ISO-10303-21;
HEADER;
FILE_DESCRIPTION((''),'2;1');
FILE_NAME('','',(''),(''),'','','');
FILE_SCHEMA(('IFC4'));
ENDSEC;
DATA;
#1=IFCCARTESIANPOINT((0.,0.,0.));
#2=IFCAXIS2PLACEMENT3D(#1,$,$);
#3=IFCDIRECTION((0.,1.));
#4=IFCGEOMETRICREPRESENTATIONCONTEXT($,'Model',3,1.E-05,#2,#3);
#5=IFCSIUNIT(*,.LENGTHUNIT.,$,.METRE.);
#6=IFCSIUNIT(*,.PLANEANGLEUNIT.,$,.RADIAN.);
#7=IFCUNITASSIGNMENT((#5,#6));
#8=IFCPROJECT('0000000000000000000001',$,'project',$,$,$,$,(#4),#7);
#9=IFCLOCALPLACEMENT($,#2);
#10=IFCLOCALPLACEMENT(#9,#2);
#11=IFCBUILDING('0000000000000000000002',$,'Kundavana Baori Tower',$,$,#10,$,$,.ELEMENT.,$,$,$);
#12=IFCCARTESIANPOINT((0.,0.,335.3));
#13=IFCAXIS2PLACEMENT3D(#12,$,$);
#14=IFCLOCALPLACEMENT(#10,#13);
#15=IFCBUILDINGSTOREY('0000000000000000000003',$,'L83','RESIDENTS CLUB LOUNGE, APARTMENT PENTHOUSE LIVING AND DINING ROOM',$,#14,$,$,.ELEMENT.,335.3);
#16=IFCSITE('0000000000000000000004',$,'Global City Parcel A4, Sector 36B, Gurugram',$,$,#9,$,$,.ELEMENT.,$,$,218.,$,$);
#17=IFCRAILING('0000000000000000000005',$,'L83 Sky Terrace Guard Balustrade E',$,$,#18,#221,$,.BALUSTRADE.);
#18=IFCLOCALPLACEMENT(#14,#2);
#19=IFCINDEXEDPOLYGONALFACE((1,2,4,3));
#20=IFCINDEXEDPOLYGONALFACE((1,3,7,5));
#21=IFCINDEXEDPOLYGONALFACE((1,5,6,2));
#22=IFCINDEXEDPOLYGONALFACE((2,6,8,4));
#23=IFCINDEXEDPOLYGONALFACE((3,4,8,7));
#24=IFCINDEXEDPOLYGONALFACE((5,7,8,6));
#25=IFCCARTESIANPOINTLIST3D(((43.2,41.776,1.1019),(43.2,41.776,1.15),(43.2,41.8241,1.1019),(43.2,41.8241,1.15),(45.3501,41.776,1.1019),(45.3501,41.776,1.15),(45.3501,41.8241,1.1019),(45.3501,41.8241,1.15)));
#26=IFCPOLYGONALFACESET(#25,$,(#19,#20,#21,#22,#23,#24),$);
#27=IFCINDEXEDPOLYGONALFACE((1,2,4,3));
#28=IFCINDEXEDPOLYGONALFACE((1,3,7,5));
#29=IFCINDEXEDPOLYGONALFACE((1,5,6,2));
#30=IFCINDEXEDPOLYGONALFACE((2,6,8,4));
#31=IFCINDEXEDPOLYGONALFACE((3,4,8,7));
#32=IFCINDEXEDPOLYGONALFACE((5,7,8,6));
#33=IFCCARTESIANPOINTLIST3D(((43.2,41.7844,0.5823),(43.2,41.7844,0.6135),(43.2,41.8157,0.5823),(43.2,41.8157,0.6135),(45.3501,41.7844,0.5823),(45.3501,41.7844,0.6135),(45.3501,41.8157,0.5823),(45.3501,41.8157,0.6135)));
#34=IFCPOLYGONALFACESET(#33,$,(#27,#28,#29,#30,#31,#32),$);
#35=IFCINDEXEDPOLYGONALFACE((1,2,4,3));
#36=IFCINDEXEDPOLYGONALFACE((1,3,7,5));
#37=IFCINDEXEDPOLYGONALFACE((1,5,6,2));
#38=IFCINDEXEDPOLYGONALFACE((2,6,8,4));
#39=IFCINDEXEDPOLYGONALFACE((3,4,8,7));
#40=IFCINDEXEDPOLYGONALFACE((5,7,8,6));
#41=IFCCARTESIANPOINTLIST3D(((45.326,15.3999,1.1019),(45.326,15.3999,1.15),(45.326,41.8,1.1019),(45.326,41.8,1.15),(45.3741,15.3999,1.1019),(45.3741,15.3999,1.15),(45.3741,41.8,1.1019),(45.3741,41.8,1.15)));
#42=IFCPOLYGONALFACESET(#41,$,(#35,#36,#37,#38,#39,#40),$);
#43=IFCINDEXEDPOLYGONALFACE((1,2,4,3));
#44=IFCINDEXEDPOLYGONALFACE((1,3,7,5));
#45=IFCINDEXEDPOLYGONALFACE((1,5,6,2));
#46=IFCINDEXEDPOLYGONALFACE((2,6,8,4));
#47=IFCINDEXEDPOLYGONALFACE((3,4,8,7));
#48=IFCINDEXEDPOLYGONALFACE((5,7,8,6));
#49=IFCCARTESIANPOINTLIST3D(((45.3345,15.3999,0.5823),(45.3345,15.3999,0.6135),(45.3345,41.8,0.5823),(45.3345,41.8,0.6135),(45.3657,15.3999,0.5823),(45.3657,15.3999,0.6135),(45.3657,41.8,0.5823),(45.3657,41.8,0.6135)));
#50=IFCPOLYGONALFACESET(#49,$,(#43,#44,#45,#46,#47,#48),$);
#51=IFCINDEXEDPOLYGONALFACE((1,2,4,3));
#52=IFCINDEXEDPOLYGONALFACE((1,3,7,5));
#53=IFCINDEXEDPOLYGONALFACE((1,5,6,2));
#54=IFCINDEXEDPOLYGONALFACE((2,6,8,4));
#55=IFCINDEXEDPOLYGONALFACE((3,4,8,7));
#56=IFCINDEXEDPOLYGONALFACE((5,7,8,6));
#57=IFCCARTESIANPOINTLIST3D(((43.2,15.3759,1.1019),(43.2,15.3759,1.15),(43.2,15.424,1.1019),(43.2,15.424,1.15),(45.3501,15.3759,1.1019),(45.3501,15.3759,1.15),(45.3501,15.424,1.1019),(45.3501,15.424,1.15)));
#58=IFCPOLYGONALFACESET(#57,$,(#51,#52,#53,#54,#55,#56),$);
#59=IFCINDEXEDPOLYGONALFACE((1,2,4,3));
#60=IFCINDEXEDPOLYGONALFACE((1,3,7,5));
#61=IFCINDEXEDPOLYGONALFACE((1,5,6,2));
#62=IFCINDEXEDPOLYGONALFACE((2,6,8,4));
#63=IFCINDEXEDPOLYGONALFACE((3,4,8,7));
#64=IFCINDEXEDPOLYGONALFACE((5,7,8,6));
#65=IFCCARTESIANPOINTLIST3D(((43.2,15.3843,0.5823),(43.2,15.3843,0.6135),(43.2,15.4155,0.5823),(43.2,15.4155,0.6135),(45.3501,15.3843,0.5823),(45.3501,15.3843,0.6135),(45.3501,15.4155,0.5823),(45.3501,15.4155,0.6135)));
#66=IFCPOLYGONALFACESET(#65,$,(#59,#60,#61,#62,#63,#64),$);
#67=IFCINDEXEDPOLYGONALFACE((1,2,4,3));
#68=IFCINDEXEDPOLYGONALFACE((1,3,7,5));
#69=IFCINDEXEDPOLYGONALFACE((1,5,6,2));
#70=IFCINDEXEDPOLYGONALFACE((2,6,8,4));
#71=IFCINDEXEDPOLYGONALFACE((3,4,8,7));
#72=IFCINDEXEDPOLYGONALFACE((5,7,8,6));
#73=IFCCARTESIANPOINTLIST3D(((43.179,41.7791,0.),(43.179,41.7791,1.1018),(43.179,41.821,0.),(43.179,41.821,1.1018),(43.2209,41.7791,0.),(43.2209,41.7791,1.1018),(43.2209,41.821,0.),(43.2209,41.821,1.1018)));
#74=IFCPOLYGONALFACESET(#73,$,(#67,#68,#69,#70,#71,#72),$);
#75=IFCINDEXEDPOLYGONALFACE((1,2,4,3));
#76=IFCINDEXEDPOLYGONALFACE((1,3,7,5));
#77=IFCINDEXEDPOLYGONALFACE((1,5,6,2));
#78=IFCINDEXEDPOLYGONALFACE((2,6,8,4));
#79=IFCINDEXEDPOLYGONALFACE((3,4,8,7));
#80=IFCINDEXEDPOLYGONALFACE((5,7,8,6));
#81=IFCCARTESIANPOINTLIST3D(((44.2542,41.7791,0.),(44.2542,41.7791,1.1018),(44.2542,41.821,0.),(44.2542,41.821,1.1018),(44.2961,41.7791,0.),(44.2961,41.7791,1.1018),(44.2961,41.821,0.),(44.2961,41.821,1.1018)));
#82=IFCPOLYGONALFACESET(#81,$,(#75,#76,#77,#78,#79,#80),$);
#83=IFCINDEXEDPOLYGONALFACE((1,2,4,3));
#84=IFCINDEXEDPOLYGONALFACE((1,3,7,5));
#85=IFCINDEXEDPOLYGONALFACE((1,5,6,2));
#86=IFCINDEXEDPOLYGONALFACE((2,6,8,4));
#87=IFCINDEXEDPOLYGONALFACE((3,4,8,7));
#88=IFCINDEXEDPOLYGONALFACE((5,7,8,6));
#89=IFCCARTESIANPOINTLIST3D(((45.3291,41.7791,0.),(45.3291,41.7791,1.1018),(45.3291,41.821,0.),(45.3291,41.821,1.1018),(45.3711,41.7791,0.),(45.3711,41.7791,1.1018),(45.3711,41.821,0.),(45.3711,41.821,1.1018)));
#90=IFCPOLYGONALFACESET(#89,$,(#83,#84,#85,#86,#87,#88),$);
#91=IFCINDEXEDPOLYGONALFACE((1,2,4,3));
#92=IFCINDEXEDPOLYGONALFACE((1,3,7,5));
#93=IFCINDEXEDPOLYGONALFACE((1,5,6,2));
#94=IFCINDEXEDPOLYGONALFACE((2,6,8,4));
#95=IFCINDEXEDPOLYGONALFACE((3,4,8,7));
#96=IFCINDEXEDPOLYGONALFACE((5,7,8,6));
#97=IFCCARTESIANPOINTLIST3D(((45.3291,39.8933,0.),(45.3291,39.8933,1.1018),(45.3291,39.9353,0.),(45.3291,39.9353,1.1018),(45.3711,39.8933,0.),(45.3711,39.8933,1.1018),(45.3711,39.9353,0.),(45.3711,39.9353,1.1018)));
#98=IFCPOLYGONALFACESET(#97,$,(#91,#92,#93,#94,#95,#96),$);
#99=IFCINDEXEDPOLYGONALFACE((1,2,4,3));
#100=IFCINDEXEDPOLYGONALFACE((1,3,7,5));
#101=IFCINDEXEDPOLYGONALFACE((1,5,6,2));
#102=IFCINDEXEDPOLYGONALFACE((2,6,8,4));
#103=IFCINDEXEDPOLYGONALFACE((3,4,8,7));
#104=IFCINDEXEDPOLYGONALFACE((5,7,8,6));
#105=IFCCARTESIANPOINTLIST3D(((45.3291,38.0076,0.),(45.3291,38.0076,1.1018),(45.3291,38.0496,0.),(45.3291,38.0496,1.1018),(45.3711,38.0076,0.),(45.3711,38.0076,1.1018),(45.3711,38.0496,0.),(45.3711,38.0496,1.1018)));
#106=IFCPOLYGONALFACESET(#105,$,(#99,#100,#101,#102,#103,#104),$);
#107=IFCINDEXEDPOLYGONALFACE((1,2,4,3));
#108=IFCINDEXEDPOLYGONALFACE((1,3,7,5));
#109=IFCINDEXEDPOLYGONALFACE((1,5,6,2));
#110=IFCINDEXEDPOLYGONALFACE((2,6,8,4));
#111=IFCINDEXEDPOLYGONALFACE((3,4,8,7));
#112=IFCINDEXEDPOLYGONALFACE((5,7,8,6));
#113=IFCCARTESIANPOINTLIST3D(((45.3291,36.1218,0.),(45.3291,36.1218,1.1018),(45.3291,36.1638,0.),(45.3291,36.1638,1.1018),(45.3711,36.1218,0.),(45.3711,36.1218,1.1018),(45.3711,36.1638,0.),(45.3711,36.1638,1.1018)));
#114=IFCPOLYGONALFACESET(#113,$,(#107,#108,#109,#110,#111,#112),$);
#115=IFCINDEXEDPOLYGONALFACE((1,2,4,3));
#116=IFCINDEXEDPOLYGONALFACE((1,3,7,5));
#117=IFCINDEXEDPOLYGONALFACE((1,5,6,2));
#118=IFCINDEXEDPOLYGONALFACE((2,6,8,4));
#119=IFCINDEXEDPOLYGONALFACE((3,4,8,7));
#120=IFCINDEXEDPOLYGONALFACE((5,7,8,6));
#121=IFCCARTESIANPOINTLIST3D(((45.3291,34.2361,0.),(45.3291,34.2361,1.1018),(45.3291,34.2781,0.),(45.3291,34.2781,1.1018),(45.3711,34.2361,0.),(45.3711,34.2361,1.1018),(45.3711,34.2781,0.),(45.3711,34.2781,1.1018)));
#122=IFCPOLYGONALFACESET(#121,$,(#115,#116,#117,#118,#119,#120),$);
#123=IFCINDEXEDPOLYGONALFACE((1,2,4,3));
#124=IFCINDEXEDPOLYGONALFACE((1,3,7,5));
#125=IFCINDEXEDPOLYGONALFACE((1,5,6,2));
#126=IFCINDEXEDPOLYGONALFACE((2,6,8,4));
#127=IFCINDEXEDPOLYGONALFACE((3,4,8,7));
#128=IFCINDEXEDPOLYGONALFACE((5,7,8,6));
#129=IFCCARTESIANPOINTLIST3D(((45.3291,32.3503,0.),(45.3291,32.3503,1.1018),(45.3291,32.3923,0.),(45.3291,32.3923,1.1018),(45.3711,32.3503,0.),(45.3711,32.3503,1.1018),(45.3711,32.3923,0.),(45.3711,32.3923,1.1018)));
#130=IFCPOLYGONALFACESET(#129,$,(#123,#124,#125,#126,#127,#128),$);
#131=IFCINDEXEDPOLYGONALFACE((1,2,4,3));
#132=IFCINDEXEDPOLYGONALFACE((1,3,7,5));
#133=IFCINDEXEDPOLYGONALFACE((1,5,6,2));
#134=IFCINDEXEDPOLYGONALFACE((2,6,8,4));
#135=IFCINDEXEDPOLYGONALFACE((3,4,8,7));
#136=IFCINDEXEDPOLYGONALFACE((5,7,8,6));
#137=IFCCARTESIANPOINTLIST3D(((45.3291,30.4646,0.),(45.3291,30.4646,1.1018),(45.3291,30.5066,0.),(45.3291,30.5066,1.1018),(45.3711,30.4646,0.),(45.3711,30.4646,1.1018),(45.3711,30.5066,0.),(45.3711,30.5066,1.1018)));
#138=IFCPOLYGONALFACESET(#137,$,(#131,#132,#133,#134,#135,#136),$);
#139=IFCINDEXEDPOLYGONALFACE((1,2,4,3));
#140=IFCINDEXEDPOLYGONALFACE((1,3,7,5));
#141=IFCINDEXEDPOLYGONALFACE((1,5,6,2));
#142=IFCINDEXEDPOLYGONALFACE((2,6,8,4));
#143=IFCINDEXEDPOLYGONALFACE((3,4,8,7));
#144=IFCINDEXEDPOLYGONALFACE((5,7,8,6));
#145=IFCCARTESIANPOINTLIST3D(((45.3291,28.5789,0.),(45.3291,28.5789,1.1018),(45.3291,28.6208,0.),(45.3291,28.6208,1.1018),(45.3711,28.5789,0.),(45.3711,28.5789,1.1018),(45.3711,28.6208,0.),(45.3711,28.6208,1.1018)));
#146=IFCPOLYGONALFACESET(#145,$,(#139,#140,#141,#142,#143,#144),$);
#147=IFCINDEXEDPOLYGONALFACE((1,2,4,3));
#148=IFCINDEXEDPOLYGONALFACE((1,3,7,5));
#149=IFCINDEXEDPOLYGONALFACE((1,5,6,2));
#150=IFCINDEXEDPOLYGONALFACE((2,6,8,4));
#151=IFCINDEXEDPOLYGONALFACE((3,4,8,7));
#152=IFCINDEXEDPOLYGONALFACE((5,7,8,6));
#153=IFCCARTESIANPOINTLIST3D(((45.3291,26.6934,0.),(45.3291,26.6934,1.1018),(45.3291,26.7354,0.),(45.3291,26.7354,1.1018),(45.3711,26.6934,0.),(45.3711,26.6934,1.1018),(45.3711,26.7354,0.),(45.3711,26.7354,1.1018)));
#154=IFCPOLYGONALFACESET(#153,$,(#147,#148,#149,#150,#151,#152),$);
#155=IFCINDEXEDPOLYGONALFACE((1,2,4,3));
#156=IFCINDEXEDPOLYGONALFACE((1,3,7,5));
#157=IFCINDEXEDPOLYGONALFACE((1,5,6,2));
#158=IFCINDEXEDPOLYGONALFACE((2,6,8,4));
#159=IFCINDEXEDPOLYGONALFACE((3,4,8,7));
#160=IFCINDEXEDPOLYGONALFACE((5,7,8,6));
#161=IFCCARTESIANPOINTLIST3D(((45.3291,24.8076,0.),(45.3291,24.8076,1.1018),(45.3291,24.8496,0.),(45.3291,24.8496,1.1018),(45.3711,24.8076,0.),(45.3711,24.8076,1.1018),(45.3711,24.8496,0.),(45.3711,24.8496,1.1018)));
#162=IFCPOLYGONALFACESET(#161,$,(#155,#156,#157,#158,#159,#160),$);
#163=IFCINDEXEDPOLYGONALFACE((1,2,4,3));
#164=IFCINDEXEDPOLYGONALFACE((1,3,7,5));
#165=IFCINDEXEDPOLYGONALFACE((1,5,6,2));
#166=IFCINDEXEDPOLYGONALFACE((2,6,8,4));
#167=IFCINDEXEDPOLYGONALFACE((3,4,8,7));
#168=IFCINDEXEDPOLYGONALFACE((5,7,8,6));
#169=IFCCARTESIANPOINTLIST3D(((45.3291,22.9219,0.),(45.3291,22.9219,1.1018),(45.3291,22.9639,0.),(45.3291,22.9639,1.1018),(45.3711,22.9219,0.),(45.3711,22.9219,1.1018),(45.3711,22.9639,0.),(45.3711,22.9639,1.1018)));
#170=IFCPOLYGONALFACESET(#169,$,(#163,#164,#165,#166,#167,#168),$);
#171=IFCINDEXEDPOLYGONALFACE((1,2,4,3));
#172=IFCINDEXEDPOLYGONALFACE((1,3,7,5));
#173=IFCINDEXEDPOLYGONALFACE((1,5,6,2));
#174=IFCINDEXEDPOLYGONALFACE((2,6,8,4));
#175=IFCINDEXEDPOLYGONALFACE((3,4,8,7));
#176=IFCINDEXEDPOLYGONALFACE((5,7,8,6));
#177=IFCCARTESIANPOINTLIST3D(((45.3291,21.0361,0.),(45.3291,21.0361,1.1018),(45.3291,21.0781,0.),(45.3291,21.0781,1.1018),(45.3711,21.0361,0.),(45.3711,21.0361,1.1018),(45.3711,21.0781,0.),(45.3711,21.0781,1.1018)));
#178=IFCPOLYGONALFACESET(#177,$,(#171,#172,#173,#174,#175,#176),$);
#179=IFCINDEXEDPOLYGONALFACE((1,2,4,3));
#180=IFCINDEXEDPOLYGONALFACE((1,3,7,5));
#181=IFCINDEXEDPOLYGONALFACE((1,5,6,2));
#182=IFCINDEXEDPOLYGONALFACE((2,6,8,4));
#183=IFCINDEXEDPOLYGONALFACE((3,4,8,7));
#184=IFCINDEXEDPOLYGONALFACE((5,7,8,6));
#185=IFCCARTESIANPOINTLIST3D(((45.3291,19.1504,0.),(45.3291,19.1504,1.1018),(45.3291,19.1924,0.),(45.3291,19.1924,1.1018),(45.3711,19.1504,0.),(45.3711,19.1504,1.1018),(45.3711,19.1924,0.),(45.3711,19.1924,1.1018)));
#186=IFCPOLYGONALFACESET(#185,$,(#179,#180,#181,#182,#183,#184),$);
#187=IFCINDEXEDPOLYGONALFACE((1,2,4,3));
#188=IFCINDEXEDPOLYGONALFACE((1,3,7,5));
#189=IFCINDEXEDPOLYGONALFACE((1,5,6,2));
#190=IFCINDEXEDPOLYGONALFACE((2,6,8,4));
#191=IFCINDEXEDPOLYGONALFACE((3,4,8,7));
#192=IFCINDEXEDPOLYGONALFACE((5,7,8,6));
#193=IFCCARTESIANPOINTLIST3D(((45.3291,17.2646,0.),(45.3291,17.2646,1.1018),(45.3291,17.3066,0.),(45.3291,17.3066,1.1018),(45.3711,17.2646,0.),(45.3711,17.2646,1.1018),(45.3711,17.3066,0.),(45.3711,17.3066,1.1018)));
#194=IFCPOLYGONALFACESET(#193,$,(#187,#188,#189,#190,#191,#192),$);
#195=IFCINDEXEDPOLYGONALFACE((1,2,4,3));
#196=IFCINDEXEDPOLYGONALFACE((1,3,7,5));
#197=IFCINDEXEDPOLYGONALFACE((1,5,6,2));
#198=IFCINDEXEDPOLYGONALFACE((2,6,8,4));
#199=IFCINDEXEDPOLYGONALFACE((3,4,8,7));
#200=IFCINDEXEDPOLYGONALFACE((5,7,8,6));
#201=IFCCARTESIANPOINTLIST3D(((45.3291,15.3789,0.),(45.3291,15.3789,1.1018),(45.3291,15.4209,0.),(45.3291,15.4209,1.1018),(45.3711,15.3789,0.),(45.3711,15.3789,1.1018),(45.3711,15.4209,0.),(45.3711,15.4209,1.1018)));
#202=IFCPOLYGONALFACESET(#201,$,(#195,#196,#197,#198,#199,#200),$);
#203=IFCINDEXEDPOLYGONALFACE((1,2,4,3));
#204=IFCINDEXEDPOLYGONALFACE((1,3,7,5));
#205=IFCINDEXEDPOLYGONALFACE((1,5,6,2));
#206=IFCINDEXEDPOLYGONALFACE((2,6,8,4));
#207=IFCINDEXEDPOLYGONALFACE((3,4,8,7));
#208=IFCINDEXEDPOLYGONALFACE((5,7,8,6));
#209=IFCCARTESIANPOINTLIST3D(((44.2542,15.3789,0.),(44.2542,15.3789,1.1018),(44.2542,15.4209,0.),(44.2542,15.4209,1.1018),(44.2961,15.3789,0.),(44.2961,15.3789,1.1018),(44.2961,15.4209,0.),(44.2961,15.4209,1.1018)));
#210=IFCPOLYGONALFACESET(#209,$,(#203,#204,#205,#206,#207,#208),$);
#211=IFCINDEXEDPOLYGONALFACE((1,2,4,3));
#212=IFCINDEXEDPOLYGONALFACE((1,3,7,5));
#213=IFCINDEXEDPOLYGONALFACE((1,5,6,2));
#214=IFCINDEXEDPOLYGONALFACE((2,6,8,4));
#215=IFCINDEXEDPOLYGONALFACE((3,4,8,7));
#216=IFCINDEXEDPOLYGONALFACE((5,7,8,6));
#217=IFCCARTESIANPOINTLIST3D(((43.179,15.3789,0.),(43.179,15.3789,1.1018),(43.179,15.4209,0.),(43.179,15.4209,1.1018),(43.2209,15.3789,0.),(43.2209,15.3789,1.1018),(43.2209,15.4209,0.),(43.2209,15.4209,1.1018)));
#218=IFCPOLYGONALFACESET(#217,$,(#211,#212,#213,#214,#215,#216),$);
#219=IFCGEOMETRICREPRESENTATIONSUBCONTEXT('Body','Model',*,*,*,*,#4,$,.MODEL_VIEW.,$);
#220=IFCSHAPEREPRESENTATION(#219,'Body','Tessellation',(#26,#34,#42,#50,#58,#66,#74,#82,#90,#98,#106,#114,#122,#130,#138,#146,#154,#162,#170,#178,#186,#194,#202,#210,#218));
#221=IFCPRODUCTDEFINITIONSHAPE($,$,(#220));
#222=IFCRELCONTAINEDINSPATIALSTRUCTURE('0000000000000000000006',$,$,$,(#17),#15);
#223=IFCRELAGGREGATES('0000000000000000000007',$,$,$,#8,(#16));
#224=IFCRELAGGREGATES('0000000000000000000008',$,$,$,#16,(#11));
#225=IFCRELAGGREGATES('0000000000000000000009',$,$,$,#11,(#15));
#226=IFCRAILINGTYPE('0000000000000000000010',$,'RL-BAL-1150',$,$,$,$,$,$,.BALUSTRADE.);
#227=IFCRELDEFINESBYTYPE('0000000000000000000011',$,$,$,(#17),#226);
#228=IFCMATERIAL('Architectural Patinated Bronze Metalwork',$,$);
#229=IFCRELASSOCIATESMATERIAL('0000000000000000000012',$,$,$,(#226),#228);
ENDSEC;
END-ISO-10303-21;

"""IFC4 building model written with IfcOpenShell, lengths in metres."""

from ifc_helpers import new_model, si_unit, direction, frame, origin, origin_2d, place, context, subcontext, project, spatial, rectangle, extrude, material, type_object, element, save


model = new_model("IFC4")

# Units and contexts
model_context = context("Model", 3, precision=1e-05, world=origin(), true_north=direction((0.0, 1.0)))
body_context = subcontext(model_context, "Body", "Model", "MODEL_VIEW")
ifc_project = project(units=[si_unit("LENGTHUNIT", "METRE"), si_unit("PLANEANGLEUNIT", "RADIAN")], contexts=[model_context])

# Site, building, storey
site_placement = place(None, origin())
site = spatial("IfcSite", under=ifc_project, at=site_placement, Name="Global City Parcel A4, Sector 36B, Gurugram", CompositionType="ELEMENT", RefElevation=218.0)
building_placement = place(site_placement, origin())
building = spatial("IfcBuilding", under=site, at=building_placement, Name="Kundavana Baori Tower", CompositionType="ELEMENT")
storey_placement = place(building_placement, frame((0.0, 0.0, 335.3)))
storey = spatial("IfcBuildingStorey", under=building, at=storey_placement, Name="L83", Description="RESIDENTS CLUB LOUNGE, APARTMENT PENTHOUSE LIVING AND DINING ROOM", CompositionType="ELEMENT", Elevation=335.3)

# Railing
ifc_material_1 = material(Name="Architectural Patinated Bronze Metalwork")
railing_type_1 = type_object("IfcRailingType", Name="RL-BAL-1150", PredefinedType="BALUSTRADE", material=ifc_material_1)
railing_1_placement = place(storey_placement, frame((43.2, 41.8, 0.0)))
element("IfcRailing", 1, at=railing_1_placement, inside=storey, type_object=railing_type_1, Name="L83 Sky Terrace Guard Balustrade E", PredefinedType="BALUSTRADE", context=body_context, shape_type="SweptSolid", body=[
    extrude(rectangle(XDim=0.0481, YDim=0.0481, at=origin_2d()), frame((0.0, 0.0, 1.126), z_axis=(1.0, 0.0, 0.0), x_axis=(0.0, 1.0, 0.0)), (0.0, 0.0, 1.0), 2.1501),
    extrude(rectangle(XDim=0.0312, YDim=0.0312, at=origin_2d()), frame((0.0, 0.0, 0.5979), z_axis=(1.0, 0.0, 0.0), x_axis=(0.0, 1.0, 0.0)), (0.0, 0.0, 1.0), 2.1501),
    extrude(rectangle(XDim=0.0481, YDim=0.0481, at=origin_2d()), frame((2.1501, 0.0, 1.126), z_axis=(0.0, -1.0, 0.0), x_axis=(1.0, 0.0, 0.0)), (0.0, 0.0, 1.0), 26.4001),
    extrude(rectangle(XDim=0.0312, YDim=0.0312, at=origin_2d()), frame((2.1501, 0.0, 0.5979), z_axis=(0.0, -1.0, 0.0), x_axis=(1.0, 0.0, 0.0)), (0.0, 0.0, 1.0), 26.4001),
    extrude(rectangle(XDim=0.0481, YDim=0.0481, at=origin_2d()), frame((2.1501, -26.4001, 1.126), z_axis=(-1.0, 0.0, 0.0), x_axis=(0.0, -1.0, 0.0)), (0.0, 0.0, 1.0), 2.1501),
    extrude(rectangle(XDim=0.0312, YDim=0.0312, at=origin_2d()), frame((2.1501, -26.4001, 0.5979), z_axis=(-1.0, 0.0, 0.0), x_axis=(0.0, -1.0, 0.0)), (0.0, 0.0, 1.0), 2.1501),
    extrude(rectangle(XDim=0.042, YDim=0.042, at=origin_2d()), origin(), (0.0, 0.0, 1.0), 1.1018),
    extrude(rectangle(XDim=0.042, YDim=0.042, at=origin_2d()), frame((1.0752, 0.0, 0.0)), (0.0, 0.0, 1.0), 1.1018),
    extrude(rectangle(XDim=0.042, YDim=0.042, at=origin_2d()), frame((2.1501, 0.0, 0.0)), (0.0, 0.0, 1.0), 1.1018),
    extrude(rectangle(XDim=0.042, YDim=0.042, at=origin_2d()), frame((2.1501, -1.8857, 0.0)), (0.0, 0.0, 1.0), 1.1018),
    extrude(rectangle(XDim=0.042, YDim=0.042, at=origin_2d()), frame((2.1501, -3.7715, 0.0)), (0.0, 0.0, 1.0), 1.1018),
    extrude(rectangle(XDim=0.042, YDim=0.042, at=origin_2d()), frame((2.1501, -5.6572, 0.0)), (0.0, 0.0, 1.0), 1.1018),
    extrude(rectangle(XDim=0.042, YDim=0.042, at=origin_2d()), frame((2.1501, -7.543, 0.0)), (0.0, 0.0, 1.0), 1.1018),
    extrude(rectangle(XDim=0.042, YDim=0.042, at=origin_2d()), frame((2.1501, -9.4287, 0.0)), (0.0, 0.0, 1.0), 1.1018),
    extrude(rectangle(XDim=0.042, YDim=0.042, at=origin_2d()), frame((2.1501, -11.3145, 0.0)), (0.0, 0.0, 1.0), 1.1018),
    extrude(rectangle(XDim=0.042, YDim=0.042, at=origin_2d()), frame((2.1501, -13.2002, 0.0)), (0.0, 0.0, 1.0), 1.1018),
    extrude(rectangle(XDim=0.042, YDim=0.042, at=origin_2d()), frame((2.1501, -15.0857, 0.0)), (0.0, 0.0, 1.0), 1.1018),
    extrude(rectangle(XDim=0.042, YDim=0.042, at=origin_2d()), frame((2.1501, -16.9714, 0.0)), (0.0, 0.0, 1.0), 1.1018),
    extrude(rectangle(XDim=0.042, YDim=0.042, at=origin_2d()), frame((2.1501, -18.8572, 0.0)), (0.0, 0.0, 1.0), 1.1018),
    extrude(rectangle(XDim=0.042, YDim=0.042, at=origin_2d()), frame((2.1501, -20.7429, 0.0)), (0.0, 0.0, 1.0), 1.1018),
    extrude(rectangle(XDim=0.042, YDim=0.042, at=origin_2d()), frame((2.1501, -22.6287, 0.0)), (0.0, 0.0, 1.0), 1.1018),
    extrude(rectangle(XDim=0.042, YDim=0.042, at=origin_2d()), frame((2.1501, -24.5144, 0.0)), (0.0, 0.0, 1.0), 1.1018),
    extrude(rectangle(XDim=0.042, YDim=0.042, at=origin_2d()), frame((2.1501, -26.4001, 0.0)), (0.0, 0.0, 1.0), 1.1018),
    extrude(rectangle(XDim=0.042, YDim=0.042, at=origin_2d()), frame((1.0752, -26.4001, 0.0)), (0.0, 0.0, 1.0), 1.1018),
    extrude(rectangle(XDim=0.042, YDim=0.042, at=origin_2d()), frame((0.0, -26.4001, 0.0)), (0.0, 0.0, 1.0), 1.1018),
])

save(model, "model.ifc")
